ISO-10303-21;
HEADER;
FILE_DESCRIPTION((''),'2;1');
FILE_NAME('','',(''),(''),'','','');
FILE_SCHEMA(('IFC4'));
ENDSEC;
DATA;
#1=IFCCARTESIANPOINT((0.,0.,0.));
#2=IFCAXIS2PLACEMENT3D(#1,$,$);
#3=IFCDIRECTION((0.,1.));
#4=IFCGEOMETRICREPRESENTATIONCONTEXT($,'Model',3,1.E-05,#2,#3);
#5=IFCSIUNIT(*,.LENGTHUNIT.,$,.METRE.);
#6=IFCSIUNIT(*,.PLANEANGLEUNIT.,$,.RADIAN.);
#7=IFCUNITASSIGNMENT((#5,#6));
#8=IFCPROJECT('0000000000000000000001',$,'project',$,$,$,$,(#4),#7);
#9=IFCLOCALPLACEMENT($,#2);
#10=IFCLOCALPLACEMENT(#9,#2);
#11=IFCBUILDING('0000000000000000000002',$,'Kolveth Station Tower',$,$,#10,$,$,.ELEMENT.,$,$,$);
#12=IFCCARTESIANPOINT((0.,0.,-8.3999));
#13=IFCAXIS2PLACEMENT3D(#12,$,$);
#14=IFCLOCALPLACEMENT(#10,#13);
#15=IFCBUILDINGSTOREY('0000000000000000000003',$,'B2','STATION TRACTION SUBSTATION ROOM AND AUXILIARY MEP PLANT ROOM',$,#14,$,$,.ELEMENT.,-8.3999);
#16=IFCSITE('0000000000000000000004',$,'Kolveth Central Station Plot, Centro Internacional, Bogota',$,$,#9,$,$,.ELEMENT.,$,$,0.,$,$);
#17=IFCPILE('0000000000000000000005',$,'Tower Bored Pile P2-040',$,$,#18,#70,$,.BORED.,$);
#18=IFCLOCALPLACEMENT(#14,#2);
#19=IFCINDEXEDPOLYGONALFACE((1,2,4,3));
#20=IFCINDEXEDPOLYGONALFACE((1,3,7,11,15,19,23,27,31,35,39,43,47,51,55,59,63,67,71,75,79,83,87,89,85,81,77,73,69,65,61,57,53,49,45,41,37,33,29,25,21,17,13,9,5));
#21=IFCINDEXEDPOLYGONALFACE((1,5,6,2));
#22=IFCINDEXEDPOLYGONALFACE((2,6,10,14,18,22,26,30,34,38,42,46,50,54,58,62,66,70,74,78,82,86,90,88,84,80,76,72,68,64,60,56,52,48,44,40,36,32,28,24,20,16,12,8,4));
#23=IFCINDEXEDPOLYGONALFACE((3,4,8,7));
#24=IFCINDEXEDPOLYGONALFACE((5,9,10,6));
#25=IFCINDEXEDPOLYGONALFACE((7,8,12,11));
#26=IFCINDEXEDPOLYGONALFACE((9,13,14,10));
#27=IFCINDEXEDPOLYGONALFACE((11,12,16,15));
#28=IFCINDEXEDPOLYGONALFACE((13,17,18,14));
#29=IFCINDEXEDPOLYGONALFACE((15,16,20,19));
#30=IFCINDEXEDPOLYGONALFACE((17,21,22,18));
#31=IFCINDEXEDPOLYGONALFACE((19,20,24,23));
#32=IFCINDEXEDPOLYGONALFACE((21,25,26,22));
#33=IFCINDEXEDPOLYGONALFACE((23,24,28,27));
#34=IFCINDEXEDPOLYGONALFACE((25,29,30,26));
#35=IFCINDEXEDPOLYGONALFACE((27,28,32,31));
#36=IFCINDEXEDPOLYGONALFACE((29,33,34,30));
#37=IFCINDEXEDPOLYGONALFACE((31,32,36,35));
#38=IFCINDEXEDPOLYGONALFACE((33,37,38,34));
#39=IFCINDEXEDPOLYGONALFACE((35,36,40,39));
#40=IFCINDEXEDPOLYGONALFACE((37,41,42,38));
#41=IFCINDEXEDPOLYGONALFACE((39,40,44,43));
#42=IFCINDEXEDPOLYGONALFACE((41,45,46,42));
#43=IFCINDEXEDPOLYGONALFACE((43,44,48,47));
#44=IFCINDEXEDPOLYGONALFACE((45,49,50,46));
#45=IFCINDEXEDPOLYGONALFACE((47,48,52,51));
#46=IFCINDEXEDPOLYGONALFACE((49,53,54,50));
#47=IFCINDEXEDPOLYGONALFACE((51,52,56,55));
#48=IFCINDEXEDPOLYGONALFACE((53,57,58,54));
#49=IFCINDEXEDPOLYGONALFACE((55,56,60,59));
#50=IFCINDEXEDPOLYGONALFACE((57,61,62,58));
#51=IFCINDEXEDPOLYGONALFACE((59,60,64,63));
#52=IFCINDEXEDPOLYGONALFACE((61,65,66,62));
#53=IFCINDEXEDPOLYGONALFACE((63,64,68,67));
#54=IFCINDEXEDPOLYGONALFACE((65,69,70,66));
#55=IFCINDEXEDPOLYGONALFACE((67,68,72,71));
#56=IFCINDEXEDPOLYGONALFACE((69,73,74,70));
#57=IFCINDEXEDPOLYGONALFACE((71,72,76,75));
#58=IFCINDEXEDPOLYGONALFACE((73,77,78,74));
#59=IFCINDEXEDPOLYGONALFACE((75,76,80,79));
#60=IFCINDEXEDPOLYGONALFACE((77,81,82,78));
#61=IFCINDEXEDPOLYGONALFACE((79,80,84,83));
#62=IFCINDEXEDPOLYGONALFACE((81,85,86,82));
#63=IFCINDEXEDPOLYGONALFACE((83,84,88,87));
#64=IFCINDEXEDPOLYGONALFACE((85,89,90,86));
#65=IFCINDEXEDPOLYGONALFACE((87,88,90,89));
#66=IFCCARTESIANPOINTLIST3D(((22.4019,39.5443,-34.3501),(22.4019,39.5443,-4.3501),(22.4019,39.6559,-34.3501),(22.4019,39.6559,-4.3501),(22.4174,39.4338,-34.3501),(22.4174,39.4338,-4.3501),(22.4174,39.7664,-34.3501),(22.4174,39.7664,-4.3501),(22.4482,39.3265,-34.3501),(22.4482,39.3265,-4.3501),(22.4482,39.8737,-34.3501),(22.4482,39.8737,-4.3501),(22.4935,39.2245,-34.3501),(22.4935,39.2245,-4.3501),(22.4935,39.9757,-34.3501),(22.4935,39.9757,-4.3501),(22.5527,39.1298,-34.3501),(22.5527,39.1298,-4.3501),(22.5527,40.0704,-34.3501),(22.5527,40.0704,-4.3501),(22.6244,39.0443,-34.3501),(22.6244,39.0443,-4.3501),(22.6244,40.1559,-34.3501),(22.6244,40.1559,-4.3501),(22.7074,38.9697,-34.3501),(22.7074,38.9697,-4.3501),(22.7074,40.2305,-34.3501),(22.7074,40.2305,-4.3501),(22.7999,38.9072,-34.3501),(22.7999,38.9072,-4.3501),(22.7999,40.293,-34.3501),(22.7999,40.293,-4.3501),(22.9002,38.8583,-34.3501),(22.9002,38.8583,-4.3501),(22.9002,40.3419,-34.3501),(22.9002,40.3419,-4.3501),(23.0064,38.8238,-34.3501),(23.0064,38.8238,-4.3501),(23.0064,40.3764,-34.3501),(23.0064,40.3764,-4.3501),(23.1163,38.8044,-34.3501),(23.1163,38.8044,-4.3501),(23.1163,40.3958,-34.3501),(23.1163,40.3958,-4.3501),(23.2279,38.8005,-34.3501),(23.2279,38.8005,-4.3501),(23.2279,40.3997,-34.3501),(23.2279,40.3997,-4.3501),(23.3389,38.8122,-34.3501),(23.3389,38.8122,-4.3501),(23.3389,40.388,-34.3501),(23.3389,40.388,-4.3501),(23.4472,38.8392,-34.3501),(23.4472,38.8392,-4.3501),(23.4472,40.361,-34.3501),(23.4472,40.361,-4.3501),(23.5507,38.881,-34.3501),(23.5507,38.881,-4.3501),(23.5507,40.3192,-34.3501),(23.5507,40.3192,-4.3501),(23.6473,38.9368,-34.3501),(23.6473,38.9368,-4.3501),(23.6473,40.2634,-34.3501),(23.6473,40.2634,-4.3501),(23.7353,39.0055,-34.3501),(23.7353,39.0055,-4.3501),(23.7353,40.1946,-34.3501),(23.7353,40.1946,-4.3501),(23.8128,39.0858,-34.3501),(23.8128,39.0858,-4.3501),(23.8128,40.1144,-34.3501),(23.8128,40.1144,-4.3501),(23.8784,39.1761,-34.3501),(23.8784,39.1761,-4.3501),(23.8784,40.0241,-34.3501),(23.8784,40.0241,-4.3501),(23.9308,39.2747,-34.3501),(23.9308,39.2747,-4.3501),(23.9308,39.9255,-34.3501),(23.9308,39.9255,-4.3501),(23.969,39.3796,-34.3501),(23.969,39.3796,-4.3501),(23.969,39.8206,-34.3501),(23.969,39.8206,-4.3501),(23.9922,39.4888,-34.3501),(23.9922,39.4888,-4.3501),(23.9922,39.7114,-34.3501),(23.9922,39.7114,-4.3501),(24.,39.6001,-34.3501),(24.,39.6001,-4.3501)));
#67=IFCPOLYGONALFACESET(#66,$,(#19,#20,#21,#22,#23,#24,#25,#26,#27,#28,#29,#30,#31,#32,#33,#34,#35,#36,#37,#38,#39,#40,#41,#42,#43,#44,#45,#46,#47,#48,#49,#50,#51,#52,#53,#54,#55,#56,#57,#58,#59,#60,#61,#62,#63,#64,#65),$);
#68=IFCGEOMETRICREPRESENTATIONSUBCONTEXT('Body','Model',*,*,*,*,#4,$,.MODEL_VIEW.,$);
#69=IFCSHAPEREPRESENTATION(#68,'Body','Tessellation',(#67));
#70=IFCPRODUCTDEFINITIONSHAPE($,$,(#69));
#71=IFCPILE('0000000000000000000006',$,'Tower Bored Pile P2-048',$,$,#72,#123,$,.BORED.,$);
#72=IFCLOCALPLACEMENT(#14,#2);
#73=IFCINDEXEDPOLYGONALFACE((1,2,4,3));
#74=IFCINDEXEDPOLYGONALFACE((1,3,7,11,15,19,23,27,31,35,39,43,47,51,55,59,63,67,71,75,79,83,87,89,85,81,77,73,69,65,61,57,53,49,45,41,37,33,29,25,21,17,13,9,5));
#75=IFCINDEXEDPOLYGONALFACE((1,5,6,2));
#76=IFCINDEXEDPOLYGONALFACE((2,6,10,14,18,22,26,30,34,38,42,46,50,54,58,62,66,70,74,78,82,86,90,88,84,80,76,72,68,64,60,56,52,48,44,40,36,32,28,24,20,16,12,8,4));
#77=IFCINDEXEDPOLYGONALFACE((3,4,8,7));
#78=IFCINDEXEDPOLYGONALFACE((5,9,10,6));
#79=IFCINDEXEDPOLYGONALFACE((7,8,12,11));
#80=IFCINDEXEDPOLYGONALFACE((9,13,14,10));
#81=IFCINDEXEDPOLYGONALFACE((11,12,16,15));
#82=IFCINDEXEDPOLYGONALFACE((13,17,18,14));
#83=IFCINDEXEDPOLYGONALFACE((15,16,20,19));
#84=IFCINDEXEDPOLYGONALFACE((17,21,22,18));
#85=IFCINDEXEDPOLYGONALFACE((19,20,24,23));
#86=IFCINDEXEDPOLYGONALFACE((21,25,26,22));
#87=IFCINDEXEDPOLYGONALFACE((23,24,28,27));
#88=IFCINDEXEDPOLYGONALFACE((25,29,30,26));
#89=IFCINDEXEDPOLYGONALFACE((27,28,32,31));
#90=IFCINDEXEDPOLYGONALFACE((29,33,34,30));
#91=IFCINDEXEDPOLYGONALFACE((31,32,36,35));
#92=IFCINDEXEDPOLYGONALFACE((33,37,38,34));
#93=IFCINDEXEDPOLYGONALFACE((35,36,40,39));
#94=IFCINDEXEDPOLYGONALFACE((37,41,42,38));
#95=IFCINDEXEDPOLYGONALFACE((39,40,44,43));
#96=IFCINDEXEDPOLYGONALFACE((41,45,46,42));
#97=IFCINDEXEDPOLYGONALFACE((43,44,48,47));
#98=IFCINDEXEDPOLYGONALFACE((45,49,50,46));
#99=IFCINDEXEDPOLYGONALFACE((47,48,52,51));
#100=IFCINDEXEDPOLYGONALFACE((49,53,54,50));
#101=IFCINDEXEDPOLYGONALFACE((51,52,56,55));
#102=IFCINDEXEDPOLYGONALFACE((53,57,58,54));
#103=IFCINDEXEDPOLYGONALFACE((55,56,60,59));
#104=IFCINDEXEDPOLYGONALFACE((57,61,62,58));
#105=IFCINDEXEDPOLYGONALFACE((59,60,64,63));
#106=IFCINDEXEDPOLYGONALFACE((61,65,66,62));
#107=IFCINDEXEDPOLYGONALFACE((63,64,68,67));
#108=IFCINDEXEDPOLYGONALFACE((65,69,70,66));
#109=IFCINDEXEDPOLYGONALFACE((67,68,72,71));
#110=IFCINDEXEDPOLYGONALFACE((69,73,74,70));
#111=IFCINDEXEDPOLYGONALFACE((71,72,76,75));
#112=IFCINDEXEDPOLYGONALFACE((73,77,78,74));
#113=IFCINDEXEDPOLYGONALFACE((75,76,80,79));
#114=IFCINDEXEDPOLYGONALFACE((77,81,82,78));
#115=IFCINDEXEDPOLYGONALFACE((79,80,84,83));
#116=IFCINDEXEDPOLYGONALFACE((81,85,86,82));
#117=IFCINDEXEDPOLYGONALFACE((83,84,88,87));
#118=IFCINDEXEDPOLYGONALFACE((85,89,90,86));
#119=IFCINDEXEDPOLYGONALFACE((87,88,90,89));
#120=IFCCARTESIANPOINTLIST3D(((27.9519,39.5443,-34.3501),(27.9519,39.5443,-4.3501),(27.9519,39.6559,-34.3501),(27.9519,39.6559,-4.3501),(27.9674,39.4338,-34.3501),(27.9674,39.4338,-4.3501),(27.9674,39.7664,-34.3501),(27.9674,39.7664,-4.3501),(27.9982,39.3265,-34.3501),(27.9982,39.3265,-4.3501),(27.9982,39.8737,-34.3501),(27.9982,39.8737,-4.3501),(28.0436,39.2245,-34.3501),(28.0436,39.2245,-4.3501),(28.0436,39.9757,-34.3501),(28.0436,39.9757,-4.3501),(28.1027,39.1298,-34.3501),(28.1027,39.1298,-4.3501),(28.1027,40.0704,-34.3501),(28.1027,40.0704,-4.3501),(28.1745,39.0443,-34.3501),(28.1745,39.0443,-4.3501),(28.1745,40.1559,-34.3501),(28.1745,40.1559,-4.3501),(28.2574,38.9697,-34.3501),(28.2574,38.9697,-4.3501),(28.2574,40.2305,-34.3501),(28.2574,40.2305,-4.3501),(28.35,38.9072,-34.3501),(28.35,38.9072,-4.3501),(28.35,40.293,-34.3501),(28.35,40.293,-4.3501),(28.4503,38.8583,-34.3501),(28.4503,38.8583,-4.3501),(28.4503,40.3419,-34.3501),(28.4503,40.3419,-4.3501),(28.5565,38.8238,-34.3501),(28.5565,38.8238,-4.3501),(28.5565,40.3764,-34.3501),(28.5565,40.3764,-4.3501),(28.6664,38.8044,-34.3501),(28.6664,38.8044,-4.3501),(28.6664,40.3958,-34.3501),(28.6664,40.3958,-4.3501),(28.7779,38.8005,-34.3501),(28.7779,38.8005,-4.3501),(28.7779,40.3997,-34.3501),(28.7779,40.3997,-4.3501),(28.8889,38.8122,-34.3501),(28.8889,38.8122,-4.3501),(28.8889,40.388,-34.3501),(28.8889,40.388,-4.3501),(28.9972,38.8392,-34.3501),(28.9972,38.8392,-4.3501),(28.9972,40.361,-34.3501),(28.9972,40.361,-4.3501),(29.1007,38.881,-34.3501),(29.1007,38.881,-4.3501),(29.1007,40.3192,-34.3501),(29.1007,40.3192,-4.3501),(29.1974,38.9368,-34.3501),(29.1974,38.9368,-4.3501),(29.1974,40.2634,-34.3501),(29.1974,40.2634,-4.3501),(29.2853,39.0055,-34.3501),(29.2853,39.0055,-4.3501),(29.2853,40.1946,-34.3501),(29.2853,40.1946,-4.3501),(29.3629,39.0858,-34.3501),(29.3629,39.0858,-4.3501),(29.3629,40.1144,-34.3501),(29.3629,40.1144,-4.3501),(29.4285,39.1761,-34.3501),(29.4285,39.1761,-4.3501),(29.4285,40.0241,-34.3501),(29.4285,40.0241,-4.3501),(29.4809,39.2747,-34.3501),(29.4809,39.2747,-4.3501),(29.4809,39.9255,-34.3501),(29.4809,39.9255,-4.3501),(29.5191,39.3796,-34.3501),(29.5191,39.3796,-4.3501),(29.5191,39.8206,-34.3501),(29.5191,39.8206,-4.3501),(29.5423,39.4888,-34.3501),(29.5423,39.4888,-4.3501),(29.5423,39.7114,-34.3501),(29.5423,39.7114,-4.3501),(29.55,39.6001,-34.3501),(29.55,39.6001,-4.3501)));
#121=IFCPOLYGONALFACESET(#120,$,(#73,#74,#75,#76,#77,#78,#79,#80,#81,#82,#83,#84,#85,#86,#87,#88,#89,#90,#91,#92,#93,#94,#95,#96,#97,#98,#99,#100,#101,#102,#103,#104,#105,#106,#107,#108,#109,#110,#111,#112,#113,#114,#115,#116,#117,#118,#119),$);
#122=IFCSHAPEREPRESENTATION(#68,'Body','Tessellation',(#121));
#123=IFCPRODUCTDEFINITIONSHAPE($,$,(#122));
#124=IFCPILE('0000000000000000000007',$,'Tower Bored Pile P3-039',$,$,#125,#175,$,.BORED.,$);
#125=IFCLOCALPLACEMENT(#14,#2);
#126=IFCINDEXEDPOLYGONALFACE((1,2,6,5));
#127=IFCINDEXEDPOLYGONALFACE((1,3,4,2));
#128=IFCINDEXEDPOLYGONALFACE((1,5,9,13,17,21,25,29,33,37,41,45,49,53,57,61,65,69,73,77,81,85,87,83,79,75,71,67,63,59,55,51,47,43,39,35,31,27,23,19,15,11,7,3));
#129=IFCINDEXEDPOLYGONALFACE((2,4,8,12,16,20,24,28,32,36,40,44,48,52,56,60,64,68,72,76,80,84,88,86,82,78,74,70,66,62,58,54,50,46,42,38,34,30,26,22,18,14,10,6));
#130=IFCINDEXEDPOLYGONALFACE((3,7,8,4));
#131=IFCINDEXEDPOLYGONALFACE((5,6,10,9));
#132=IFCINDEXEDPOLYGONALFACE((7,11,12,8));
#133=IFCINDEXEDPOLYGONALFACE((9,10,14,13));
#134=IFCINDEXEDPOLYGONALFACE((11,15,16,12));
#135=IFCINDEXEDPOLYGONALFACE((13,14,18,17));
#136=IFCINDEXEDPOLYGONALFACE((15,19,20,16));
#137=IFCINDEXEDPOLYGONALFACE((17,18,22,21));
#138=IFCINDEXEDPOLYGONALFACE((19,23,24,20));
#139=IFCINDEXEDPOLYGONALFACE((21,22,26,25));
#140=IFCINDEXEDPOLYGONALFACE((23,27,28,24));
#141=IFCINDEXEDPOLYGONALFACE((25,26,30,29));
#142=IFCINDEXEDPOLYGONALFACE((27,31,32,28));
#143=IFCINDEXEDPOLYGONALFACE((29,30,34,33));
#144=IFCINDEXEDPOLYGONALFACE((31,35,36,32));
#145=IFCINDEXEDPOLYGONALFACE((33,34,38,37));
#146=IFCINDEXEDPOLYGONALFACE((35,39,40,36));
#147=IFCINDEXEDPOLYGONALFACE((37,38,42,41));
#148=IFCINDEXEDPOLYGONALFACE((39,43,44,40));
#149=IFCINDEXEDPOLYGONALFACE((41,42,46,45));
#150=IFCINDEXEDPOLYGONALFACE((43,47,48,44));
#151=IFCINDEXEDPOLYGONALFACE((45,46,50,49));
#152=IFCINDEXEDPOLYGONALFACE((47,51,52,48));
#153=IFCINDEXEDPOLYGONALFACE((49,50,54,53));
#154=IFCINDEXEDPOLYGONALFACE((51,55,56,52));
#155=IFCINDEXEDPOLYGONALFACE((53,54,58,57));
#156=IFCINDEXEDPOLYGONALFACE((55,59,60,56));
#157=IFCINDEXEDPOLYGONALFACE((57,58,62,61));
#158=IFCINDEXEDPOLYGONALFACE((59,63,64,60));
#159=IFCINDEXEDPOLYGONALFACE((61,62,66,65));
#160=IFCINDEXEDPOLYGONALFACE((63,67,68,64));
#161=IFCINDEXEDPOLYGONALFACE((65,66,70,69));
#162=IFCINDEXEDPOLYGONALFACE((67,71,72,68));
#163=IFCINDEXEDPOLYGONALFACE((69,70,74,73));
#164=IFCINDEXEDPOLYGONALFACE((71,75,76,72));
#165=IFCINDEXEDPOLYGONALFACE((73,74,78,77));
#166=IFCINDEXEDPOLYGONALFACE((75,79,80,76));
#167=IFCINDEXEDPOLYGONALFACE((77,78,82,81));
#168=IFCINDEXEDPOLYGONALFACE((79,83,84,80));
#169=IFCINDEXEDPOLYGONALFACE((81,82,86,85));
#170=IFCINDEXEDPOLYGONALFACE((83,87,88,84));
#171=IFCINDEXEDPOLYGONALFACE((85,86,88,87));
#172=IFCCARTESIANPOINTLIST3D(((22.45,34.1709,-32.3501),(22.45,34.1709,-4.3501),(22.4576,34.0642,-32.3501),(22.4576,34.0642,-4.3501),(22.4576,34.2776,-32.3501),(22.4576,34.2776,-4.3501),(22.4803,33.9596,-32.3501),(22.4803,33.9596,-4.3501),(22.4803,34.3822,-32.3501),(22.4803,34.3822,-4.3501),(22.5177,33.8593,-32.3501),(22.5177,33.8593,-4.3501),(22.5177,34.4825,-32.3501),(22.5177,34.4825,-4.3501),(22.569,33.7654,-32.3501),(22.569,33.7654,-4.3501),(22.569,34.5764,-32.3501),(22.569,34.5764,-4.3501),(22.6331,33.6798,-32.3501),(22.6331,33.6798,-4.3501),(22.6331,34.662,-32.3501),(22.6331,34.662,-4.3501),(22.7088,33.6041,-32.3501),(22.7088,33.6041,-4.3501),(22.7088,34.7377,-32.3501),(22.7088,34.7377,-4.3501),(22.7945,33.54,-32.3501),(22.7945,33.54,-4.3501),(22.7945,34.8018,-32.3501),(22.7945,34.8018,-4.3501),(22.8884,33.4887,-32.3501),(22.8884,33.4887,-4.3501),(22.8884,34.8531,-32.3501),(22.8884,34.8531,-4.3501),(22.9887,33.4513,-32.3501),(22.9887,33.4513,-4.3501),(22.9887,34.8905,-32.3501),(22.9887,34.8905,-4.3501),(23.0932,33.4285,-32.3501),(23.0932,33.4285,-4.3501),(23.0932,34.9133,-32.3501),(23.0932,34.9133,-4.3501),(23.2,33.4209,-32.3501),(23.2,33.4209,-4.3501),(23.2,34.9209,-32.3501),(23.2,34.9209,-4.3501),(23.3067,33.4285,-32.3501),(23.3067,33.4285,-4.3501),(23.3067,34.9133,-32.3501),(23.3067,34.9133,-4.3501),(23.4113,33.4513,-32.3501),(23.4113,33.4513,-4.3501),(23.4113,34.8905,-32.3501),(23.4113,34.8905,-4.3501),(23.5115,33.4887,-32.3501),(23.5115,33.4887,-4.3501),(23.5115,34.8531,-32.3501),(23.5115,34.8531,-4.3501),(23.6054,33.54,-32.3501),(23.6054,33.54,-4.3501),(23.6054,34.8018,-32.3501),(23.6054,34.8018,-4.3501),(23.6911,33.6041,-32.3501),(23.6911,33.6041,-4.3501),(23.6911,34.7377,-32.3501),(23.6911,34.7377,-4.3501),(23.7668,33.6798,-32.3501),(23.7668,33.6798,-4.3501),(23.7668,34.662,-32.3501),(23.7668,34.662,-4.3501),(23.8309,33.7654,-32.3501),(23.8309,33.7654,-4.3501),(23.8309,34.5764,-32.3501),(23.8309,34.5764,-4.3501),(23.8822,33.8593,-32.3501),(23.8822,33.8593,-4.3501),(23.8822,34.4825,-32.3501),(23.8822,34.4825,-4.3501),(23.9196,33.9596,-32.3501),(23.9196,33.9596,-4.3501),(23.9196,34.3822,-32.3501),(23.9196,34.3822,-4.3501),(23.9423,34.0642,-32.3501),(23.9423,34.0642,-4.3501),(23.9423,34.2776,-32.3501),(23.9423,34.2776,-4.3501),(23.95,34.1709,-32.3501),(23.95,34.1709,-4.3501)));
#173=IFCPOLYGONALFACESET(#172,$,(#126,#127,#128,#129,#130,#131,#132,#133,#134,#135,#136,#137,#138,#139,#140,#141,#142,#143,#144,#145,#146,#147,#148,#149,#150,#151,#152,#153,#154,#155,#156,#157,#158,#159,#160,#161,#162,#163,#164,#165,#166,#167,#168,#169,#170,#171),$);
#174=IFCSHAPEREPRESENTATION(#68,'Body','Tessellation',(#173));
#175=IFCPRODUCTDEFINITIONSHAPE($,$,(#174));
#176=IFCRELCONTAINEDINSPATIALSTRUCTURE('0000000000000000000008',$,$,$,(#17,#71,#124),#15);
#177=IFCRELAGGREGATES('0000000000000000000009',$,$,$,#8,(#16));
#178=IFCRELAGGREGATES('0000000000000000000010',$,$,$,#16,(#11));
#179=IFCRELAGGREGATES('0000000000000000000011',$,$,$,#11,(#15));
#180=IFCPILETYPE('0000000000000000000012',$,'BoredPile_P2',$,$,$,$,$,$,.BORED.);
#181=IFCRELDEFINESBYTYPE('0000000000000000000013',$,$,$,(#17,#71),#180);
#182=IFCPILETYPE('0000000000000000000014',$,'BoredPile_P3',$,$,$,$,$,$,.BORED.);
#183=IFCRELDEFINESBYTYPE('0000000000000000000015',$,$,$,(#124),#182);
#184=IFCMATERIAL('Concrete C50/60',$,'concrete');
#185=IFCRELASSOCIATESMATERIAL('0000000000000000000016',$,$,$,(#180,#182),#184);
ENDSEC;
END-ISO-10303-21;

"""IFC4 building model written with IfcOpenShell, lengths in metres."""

from ifc_helpers import new_model, si_unit, direction, frame, origin, origin_2d, place, context, subcontext, project, spatial, circle, extrude, source, transform, mapped, material, material_profile, profile_set, type_object, element, save


model = new_model("IFC4")

# Units and contexts
model_context = context("Model", 3, precision=1e-05, world=origin(), true_north=direction((0.0, 1.0)))
body_context = subcontext(model_context, "Body", "Model", "MODEL_VIEW")
ifc_project = project(units=[si_unit("LENGTHUNIT", "METRE"), si_unit("PLANEANGLEUNIT", "RADIAN")], contexts=[model_context])

# Site, building, storey
site_placement = place(None, origin())
site = spatial("IfcSite", under=ifc_project, at=site_placement, Name="Kolveth Central Station Plot, Centro Internacional, Bogota", CompositionType="ELEMENT", RefElevation=0.0)
building_placement = place(site_placement, origin())
building = spatial("IfcBuilding", under=site, at=building_placement, Name="Kolveth Station Tower", CompositionType="ELEMENT")
storey_placement = place(building_placement, frame((0.0, 0.0, -8.3999)))
storey = spatial("IfcBuildingStorey", under=building, at=storey_placement, Name="B2", Description="STATION TRACTION SUBSTATION ROOM AND AUXILIARY MEP PLANT ROOM", CompositionType="ELEMENT", Elevation=-8.3999)

# Piles
ifc_material_1 = material(Name="Concrete C50/60", Category="concrete")
ifc_material_profile_1 = material_profile(ifc_material_1, circle(Radius=0.8, at=origin_2d()), Name="PILE-D1600")
ifc_profile_set_1 = profile_set([ifc_material_profile_1], Name="Concrete C50/60")
pile_type_1 = type_object("IfcPileType", Name="BoredPile_P2", PredefinedType="BORED", material=ifc_profile_set_1)
shared_shape_1 = source(origin(), body_context, "Body", "SweptSolid", [
    extrude(circle(Radius=0.8, at=origin_2d()), origin(), (0.0, 0.0, 1.0), 30.0),
])
for number, where, z_axis, x_axis, name in (
    (1, (23.2, 39.6001, -4.3501), (0.0, 0.0, -1.0), (1.0, 0.0, 0.0), "Tower Bored Pile P2-040"),
    (2, (28.75, 39.6001, -4.3501), (0.0, 0.0, -1.0), (1.0, 0.0, 0.0), "Tower Bored Pile P2-048"),
):
    element("IfcPile", number, at=place(storey_placement, frame(where, z_axis=z_axis, x_axis=x_axis)), inside=storey, type_object=pile_type_1, Name=name, PredefinedType="BORED", context=body_context, shape_type="MappedRepresentation", body=[
        mapped(shared_shape_1, transform((0.0, 0.0, 0.0), x_axis=(1.0, 0.0, 0.0), y_axis=(0.0, 1.0, 0.0), z_axis=(0.0, 0.0, 1.0), scale=1.0)),
    ])
ifc_material_profile_2 = material_profile(ifc_material_1, circle(Radius=0.75, at=origin_2d()), Name="PILE-D1500")
ifc_profile_set_2 = profile_set([ifc_material_profile_2], Name="Concrete C50/60")
pile_type_2 = type_object("IfcPileType", Name="BoredPile_P3", PredefinedType="BORED", material=ifc_profile_set_2)
shared_shape_2 = source(origin(), body_context, "Body", "SweptSolid", [
    extrude(circle(Radius=0.75, at=origin_2d()), origin(), (0.0, 0.0, 1.0), 28.0),
])
for number, where, z_axis, x_axis, name in (
    (3, (23.2, 34.1709, -4.3501), (0.0, 0.0, -1.0), (1.0, 0.0, 0.0), "Tower Bored Pile P3-039"),
):
    element("IfcPile", number, at=place(storey_placement, frame(where, z_axis=z_axis, x_axis=x_axis)), inside=storey, type_object=pile_type_2, Name=name, PredefinedType="BORED", context=body_context, shape_type="MappedRepresentation", body=[
        mapped(shared_shape_2, transform((0.0, 0.0, 0.0), x_axis=(1.0, 0.0, 0.0), y_axis=(0.0, 1.0, 0.0), z_axis=(0.0, 0.0, 1.0), scale=1.0)),
    ])

save(model, "model.ifc")
